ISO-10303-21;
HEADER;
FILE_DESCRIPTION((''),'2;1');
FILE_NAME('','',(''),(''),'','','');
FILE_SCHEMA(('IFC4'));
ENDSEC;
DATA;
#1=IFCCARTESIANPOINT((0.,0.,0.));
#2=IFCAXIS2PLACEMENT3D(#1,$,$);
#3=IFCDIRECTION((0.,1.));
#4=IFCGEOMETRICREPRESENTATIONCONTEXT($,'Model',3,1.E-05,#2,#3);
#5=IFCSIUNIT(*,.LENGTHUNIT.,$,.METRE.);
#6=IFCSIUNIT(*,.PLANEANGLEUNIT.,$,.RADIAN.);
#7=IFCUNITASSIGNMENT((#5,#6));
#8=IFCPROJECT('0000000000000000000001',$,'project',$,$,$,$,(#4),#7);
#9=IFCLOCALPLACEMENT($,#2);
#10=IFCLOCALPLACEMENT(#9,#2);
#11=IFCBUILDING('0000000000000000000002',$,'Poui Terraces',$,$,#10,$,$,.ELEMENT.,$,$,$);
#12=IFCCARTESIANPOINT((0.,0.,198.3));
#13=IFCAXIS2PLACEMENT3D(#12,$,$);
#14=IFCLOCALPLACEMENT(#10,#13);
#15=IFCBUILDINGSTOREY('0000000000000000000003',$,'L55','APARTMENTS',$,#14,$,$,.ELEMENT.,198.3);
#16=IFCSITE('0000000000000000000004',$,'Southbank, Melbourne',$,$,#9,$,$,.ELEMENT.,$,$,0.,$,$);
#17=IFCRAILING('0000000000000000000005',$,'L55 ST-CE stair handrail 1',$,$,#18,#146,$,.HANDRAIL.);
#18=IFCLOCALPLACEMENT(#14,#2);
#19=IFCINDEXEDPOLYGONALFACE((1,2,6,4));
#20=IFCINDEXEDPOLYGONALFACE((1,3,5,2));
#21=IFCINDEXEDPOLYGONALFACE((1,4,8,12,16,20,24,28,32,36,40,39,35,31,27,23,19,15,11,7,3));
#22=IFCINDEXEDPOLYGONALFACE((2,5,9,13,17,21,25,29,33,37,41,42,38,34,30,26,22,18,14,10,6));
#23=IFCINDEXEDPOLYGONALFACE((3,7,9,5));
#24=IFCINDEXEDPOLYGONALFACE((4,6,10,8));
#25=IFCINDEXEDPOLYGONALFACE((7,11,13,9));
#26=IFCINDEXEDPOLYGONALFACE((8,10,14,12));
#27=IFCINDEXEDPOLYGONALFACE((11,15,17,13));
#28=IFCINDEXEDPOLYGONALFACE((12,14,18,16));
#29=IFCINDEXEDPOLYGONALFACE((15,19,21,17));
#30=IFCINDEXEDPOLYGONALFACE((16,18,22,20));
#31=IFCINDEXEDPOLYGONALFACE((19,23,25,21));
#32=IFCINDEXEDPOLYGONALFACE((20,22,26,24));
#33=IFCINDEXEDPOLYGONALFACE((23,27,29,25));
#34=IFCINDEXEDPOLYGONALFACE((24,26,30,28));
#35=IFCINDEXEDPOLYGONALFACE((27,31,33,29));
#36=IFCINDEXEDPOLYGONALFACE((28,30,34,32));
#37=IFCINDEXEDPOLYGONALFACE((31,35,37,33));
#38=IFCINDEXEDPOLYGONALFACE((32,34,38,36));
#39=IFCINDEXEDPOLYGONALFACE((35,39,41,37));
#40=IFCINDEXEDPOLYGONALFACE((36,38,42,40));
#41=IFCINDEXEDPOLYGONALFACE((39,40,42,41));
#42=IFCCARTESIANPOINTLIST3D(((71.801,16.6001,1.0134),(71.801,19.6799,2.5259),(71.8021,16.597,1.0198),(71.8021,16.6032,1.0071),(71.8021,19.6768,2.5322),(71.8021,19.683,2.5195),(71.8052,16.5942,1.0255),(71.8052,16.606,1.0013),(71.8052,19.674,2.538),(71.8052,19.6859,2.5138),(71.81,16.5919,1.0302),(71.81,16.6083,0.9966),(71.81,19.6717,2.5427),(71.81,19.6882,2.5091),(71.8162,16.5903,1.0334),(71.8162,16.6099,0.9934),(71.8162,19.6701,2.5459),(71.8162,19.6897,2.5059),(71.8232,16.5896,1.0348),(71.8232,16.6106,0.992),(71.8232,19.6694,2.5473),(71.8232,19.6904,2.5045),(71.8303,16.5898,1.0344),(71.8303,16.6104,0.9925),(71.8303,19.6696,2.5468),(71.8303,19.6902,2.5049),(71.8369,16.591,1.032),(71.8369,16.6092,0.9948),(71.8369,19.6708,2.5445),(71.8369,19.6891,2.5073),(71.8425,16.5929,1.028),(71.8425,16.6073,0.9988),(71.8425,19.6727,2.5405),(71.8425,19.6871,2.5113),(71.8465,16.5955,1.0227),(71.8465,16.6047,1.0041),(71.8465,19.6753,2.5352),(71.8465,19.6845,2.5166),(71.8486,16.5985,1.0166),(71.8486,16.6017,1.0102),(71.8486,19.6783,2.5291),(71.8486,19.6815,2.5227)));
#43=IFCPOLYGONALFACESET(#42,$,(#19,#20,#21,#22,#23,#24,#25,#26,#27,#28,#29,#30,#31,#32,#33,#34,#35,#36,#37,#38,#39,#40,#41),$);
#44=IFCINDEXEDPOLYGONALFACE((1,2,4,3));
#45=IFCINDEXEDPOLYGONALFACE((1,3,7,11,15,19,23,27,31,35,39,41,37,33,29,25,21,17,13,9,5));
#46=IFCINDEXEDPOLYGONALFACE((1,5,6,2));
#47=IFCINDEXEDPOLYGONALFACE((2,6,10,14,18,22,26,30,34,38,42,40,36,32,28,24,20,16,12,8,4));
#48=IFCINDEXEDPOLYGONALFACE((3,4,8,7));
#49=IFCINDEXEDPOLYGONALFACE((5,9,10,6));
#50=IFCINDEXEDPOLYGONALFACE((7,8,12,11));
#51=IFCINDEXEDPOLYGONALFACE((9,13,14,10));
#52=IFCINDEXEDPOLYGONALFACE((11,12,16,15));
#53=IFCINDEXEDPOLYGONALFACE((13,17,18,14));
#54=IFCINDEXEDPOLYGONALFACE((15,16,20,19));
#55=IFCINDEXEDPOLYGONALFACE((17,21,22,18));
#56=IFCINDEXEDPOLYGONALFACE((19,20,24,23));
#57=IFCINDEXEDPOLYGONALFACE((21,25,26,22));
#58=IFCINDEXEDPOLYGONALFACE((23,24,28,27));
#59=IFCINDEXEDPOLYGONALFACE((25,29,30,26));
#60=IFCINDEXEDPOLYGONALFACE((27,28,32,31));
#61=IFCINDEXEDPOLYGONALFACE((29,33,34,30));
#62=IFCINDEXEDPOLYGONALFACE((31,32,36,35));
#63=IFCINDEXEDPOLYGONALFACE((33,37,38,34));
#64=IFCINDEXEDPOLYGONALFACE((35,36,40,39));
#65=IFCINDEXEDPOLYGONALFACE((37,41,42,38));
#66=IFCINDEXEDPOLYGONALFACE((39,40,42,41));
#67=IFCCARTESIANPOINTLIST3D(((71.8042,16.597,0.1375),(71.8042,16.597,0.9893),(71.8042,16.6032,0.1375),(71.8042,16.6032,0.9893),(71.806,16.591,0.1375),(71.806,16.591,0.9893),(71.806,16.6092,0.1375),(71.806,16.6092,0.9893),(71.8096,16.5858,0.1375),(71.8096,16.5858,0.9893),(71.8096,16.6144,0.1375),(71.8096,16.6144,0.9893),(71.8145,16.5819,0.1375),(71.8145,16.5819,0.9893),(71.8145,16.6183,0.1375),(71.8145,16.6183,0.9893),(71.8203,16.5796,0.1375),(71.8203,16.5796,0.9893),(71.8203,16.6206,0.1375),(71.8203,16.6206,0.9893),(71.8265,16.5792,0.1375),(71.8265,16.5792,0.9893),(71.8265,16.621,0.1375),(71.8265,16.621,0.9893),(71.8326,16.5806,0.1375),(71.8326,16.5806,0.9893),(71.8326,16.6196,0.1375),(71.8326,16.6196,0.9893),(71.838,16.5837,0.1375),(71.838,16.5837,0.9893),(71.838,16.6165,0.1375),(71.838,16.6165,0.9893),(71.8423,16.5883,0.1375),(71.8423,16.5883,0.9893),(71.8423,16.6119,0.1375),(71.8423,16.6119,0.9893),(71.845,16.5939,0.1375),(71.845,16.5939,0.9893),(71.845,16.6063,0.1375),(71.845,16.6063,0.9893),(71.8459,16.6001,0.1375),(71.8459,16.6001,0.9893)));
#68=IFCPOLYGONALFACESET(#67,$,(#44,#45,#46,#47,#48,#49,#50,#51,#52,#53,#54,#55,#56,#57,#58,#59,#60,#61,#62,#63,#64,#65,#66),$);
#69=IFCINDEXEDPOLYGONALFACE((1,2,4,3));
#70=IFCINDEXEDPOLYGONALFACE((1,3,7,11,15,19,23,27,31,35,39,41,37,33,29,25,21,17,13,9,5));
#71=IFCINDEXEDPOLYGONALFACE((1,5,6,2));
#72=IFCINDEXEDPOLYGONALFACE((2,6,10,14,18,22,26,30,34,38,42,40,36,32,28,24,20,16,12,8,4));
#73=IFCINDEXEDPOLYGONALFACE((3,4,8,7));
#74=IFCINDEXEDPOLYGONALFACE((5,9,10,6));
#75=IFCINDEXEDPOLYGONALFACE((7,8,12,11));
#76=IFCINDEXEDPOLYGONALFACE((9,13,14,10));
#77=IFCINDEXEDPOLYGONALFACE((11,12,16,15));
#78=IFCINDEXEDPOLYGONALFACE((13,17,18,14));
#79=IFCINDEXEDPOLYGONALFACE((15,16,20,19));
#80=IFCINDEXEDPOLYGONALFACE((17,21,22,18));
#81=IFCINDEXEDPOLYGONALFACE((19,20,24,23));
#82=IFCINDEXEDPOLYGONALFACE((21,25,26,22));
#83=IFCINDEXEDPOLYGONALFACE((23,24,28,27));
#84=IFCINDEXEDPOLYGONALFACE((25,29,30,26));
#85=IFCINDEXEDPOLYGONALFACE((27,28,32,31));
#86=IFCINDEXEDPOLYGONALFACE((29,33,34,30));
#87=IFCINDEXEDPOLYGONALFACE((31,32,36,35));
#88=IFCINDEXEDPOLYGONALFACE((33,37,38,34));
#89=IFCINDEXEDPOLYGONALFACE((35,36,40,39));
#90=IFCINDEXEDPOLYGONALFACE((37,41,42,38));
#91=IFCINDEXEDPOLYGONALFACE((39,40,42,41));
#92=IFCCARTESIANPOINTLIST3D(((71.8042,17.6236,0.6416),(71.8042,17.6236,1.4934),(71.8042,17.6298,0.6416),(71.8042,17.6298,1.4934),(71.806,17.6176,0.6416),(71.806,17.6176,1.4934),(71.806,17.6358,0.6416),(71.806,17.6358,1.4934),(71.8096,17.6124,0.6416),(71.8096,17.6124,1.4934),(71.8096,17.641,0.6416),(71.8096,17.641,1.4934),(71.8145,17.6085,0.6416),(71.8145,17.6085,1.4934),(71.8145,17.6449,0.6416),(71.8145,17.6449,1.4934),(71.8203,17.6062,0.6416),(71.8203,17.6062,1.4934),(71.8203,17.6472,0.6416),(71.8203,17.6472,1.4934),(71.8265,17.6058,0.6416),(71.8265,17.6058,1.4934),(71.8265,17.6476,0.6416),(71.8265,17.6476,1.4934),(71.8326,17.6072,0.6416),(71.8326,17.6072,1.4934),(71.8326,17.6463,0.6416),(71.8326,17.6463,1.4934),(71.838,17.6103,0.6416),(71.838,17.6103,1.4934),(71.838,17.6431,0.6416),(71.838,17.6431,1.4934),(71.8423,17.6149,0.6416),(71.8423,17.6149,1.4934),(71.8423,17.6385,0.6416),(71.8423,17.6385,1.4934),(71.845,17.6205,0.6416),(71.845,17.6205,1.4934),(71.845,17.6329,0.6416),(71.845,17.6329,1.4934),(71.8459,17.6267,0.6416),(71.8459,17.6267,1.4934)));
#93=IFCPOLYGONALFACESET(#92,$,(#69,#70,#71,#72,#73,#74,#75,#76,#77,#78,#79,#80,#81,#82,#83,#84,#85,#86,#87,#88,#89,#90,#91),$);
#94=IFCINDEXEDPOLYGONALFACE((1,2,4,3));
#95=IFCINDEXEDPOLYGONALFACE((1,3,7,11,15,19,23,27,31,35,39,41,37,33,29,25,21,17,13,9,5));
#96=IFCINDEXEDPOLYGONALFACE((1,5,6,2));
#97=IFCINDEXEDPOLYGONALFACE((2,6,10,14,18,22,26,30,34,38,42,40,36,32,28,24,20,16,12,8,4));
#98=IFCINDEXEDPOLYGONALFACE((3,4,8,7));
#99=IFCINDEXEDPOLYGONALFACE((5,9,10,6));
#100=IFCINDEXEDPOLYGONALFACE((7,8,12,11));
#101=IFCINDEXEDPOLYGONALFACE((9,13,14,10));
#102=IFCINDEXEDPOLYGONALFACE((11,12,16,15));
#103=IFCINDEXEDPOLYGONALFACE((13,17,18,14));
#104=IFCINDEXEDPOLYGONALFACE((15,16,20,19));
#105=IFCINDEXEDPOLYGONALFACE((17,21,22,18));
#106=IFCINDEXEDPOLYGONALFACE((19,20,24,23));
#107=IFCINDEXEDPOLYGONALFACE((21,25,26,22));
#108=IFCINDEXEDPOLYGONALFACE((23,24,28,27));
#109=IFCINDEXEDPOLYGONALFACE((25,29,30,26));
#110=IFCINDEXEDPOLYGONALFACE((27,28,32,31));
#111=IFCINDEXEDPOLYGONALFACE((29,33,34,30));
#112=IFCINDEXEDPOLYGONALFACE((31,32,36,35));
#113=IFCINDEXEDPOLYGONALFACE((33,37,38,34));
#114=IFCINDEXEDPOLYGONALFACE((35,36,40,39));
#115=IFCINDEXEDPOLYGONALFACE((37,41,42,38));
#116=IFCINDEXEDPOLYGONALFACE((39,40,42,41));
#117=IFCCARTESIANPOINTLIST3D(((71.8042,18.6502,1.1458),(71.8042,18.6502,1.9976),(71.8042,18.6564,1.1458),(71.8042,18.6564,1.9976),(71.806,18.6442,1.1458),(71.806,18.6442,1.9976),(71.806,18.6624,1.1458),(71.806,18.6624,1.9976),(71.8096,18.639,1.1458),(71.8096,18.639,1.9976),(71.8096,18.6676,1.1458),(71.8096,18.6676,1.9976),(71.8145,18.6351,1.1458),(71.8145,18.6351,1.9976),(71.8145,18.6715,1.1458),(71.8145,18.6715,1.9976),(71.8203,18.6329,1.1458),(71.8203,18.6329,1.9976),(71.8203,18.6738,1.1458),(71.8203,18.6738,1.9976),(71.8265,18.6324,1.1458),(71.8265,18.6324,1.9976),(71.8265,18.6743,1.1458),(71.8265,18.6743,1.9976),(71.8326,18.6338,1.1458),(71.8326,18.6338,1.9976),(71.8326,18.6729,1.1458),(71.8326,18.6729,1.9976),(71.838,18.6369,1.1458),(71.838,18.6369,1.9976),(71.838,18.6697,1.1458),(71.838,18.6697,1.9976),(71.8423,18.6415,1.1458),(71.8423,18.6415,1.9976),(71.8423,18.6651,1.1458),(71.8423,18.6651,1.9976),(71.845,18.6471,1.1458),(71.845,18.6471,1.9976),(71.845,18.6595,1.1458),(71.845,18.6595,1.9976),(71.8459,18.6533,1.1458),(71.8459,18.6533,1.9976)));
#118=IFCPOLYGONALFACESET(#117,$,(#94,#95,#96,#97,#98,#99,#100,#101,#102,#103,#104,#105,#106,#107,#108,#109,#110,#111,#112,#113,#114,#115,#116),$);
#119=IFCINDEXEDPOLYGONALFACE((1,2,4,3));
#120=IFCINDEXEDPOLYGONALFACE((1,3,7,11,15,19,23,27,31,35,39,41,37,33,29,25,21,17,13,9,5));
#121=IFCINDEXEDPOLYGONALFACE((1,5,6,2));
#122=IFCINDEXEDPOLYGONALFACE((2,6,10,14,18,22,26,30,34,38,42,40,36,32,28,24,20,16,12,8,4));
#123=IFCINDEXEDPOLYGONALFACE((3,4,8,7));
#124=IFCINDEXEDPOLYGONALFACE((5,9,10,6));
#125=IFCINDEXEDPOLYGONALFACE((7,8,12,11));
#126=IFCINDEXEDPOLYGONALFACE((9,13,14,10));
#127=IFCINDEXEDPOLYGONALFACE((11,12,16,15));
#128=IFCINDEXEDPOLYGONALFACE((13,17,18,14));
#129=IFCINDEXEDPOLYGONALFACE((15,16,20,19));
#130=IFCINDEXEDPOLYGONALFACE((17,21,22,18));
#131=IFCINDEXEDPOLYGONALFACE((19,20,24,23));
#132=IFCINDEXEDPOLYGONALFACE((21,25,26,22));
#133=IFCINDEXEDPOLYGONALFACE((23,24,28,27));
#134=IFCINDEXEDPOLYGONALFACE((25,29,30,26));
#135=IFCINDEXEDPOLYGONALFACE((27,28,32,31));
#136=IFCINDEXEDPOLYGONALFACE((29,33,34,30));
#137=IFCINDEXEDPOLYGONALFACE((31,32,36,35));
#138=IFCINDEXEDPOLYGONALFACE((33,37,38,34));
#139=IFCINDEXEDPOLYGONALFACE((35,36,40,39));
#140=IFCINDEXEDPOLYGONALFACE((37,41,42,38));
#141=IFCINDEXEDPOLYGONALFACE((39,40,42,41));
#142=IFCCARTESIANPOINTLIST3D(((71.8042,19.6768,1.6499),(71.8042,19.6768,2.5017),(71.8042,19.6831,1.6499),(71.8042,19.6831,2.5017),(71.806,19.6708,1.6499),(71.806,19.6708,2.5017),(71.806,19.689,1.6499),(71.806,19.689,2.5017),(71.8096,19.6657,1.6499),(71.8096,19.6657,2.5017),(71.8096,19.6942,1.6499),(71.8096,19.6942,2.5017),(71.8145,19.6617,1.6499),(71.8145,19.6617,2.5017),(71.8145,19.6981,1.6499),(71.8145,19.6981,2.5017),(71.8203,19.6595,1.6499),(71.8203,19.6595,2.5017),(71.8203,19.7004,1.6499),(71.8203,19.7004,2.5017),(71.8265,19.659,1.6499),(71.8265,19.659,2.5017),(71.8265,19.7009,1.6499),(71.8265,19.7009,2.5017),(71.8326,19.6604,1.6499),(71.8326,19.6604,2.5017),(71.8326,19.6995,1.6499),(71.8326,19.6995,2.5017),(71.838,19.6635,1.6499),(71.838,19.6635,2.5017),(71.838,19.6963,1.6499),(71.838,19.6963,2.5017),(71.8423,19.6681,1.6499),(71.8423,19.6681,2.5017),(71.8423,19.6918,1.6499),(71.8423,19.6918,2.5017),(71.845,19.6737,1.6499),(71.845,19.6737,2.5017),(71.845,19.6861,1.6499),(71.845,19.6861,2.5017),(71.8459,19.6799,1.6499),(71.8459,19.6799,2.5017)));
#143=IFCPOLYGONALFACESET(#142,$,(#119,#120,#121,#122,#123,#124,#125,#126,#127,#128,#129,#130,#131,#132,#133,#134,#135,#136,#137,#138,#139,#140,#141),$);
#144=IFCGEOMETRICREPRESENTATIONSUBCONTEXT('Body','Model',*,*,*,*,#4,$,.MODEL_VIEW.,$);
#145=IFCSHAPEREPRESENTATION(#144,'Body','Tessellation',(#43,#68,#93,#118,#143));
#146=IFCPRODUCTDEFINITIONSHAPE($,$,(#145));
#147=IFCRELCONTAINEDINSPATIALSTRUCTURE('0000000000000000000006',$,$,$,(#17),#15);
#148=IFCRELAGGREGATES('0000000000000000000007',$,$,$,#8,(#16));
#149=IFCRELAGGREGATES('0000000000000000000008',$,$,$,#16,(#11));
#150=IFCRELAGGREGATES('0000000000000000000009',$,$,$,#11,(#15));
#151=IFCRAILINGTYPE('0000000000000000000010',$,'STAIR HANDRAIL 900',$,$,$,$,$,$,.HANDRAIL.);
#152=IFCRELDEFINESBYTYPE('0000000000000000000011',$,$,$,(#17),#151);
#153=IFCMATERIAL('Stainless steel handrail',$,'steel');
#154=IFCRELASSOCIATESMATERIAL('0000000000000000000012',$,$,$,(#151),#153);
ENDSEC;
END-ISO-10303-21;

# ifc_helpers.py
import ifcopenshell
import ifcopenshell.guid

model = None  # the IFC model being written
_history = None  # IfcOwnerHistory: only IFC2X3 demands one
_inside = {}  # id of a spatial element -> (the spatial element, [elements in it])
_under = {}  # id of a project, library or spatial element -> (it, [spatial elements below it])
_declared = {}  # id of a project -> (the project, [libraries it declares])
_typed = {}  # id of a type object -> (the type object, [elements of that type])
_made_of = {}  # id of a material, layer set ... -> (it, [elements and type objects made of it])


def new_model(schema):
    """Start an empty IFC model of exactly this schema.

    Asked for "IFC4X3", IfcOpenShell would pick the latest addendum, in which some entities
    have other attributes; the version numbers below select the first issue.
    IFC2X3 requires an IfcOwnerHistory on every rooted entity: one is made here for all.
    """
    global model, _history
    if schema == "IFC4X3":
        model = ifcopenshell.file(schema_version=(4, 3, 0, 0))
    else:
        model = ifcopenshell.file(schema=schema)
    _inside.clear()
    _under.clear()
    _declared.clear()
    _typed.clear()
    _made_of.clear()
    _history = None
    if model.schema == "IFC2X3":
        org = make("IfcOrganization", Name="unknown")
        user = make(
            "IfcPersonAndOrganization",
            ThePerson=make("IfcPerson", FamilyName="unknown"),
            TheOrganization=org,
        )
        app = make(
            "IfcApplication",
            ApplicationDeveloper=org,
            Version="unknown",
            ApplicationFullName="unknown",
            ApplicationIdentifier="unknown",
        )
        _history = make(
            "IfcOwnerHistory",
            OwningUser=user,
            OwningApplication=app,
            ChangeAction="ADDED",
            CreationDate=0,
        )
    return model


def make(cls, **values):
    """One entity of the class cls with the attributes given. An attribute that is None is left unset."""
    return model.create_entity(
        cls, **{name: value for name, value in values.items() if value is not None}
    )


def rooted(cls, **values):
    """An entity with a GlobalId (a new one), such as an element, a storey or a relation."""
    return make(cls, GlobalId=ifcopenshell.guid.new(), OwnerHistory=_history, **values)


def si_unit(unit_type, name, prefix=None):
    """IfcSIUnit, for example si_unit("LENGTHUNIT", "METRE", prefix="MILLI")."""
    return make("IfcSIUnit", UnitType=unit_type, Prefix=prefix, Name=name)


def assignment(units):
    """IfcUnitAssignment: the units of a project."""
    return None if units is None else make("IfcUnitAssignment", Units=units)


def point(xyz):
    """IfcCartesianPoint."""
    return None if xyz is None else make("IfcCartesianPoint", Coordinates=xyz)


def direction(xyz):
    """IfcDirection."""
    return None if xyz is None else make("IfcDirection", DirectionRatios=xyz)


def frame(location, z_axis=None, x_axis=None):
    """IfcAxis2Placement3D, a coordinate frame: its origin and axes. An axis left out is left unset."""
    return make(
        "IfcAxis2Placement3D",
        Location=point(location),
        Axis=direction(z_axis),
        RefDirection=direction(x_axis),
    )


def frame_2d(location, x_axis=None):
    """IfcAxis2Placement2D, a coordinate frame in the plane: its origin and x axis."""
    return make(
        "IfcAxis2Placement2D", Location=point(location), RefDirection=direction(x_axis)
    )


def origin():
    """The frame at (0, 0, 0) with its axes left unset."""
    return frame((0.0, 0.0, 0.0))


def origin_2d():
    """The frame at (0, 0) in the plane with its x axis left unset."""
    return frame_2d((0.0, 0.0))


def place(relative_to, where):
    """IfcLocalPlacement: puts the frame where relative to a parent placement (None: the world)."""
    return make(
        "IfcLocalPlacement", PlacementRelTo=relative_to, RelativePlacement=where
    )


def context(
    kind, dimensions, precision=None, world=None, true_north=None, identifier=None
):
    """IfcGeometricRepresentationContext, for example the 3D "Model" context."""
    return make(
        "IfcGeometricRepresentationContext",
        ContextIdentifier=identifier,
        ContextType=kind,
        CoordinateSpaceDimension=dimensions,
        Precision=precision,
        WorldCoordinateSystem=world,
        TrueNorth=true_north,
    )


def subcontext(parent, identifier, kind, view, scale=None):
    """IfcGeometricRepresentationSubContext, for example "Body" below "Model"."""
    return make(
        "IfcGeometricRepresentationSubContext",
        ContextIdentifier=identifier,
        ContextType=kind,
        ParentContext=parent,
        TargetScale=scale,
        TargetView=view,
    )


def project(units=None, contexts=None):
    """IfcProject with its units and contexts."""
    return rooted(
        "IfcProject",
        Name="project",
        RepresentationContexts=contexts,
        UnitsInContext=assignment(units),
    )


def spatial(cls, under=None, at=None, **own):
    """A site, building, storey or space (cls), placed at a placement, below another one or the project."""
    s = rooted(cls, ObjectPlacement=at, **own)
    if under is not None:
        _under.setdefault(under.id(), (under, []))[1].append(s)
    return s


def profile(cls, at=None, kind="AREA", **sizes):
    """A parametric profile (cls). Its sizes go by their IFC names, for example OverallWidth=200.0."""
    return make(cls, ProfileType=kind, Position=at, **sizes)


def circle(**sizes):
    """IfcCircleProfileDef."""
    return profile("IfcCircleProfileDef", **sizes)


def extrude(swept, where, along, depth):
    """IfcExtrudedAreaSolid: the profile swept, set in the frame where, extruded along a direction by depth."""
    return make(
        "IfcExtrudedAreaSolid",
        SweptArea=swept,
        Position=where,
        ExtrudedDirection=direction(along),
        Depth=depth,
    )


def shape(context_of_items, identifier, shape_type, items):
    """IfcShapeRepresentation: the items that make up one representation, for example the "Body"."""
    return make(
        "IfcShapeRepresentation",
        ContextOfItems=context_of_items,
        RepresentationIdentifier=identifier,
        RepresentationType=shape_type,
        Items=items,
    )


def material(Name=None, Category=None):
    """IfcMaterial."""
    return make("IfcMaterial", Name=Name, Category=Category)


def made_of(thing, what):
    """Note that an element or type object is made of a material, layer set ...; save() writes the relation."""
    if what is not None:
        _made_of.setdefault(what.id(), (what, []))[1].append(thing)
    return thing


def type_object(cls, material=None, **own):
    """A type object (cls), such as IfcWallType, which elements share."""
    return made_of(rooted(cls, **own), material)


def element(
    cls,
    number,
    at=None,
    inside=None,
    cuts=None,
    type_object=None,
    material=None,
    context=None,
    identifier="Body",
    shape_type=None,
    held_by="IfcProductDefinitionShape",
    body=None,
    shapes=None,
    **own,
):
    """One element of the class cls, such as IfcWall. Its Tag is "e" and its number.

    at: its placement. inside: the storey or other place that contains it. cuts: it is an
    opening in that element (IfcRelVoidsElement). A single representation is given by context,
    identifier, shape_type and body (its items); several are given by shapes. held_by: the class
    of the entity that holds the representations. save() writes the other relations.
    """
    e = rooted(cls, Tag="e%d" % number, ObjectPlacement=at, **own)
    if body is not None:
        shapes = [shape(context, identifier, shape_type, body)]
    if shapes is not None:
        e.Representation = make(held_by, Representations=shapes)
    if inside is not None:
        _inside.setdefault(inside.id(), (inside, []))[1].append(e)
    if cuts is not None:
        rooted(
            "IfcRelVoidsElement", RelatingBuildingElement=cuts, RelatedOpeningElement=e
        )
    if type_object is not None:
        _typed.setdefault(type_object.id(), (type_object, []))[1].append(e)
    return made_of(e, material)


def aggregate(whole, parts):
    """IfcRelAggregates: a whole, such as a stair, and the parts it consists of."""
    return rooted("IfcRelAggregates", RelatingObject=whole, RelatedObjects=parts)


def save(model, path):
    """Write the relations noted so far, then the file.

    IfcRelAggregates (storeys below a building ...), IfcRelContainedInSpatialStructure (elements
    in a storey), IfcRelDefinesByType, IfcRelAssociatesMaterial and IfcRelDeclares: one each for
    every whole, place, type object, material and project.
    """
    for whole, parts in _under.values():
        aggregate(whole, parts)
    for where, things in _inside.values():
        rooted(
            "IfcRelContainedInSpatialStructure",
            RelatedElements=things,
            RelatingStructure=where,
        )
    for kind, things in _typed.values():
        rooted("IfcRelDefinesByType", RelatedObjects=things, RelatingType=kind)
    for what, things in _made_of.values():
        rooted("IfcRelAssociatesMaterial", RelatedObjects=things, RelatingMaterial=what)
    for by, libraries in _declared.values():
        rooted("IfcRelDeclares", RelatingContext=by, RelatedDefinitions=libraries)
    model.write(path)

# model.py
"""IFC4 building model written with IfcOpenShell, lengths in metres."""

from ifc_helpers import new_model, si_unit, direction, frame, origin, origin_2d, place, context, subcontext, project, spatial, circle, extrude, material, type_object, element, save


model = new_model("IFC4")

# Units and contexts
model_context = context("Model", 3, precision=1e-05, world=origin(), true_north=direction((0.0, 1.0)))
body_context = subcontext(model_context, "Body", "Model", "MODEL_VIEW")
ifc_project = project(units=[si_unit("LENGTHUNIT", "METRE"), si_unit("PLANEANGLEUNIT", "RADIAN")], contexts=[model_context])

# Site, building, storey
site_placement = place(None, origin())
site = spatial("IfcSite", under=ifc_project, at=site_placement, Name="Southbank, Melbourne", CompositionType="ELEMENT", RefElevation=0.0)
building_placement = place(site_placement, origin())
building = spatial("IfcBuilding", under=site, at=building_placement, Name="Poui Terraces", CompositionType="ELEMENT")
storey_placement = place(building_placement, frame((0.0, 0.0, 198.3)))
storey = spatial("IfcBuildingStorey", under=building, at=storey_placement, Name="L55", Description="APARTMENTS", CompositionType="ELEMENT", Elevation=198.3)

# Railing
ifc_material_1 = material(Name="Stainless steel handrail", Category="steel")
railing_type_1 = type_object("IfcRailingType", Name="STAIR HANDRAIL 900", PredefinedType="HANDRAIL", material=ifc_material_1)
railing_1_placement = place(storey_placement, frame((71.825, 16.6001, 0.1375)))
element("IfcRailing", 1, at=railing_1_placement, inside=storey, type_object=railing_type_1, Name="L55 ST-CE stair handrail 1", PredefinedType="HANDRAIL", context=body_context, shape_type="SweptSolid", body=[
    extrude(circle(Radius=0.0239, at=origin_2d()), frame((0.0, 0.0, 0.876), z_axis=(0.0, 0.897606, 0.440798), x_axis=(-1.0, 0.0, 0.0)), (0.0, 0.0, 1.0), 3.4312),
    extrude(circle(Radius=0.021, at=origin_2d()), origin(), (0.0, 0.0, 1.0), 0.8518),
    extrude(circle(Radius=0.021, at=origin_2d()), frame((0.0, 1.0266, 0.5042)), (0.0, 0.0, 1.0), 0.8518),
    extrude(circle(Radius=0.021, at=origin_2d()), frame((0.0, 2.0532, 1.0083)), (0.0, 0.0, 1.0), 0.8518),
    extrude(circle(Radius=0.021, at=origin_2d()), frame((0.0, 3.0798, 1.5125)), (0.0, 0.0, 1.0), 0.8518),
])

save(model, "model.ifc")
